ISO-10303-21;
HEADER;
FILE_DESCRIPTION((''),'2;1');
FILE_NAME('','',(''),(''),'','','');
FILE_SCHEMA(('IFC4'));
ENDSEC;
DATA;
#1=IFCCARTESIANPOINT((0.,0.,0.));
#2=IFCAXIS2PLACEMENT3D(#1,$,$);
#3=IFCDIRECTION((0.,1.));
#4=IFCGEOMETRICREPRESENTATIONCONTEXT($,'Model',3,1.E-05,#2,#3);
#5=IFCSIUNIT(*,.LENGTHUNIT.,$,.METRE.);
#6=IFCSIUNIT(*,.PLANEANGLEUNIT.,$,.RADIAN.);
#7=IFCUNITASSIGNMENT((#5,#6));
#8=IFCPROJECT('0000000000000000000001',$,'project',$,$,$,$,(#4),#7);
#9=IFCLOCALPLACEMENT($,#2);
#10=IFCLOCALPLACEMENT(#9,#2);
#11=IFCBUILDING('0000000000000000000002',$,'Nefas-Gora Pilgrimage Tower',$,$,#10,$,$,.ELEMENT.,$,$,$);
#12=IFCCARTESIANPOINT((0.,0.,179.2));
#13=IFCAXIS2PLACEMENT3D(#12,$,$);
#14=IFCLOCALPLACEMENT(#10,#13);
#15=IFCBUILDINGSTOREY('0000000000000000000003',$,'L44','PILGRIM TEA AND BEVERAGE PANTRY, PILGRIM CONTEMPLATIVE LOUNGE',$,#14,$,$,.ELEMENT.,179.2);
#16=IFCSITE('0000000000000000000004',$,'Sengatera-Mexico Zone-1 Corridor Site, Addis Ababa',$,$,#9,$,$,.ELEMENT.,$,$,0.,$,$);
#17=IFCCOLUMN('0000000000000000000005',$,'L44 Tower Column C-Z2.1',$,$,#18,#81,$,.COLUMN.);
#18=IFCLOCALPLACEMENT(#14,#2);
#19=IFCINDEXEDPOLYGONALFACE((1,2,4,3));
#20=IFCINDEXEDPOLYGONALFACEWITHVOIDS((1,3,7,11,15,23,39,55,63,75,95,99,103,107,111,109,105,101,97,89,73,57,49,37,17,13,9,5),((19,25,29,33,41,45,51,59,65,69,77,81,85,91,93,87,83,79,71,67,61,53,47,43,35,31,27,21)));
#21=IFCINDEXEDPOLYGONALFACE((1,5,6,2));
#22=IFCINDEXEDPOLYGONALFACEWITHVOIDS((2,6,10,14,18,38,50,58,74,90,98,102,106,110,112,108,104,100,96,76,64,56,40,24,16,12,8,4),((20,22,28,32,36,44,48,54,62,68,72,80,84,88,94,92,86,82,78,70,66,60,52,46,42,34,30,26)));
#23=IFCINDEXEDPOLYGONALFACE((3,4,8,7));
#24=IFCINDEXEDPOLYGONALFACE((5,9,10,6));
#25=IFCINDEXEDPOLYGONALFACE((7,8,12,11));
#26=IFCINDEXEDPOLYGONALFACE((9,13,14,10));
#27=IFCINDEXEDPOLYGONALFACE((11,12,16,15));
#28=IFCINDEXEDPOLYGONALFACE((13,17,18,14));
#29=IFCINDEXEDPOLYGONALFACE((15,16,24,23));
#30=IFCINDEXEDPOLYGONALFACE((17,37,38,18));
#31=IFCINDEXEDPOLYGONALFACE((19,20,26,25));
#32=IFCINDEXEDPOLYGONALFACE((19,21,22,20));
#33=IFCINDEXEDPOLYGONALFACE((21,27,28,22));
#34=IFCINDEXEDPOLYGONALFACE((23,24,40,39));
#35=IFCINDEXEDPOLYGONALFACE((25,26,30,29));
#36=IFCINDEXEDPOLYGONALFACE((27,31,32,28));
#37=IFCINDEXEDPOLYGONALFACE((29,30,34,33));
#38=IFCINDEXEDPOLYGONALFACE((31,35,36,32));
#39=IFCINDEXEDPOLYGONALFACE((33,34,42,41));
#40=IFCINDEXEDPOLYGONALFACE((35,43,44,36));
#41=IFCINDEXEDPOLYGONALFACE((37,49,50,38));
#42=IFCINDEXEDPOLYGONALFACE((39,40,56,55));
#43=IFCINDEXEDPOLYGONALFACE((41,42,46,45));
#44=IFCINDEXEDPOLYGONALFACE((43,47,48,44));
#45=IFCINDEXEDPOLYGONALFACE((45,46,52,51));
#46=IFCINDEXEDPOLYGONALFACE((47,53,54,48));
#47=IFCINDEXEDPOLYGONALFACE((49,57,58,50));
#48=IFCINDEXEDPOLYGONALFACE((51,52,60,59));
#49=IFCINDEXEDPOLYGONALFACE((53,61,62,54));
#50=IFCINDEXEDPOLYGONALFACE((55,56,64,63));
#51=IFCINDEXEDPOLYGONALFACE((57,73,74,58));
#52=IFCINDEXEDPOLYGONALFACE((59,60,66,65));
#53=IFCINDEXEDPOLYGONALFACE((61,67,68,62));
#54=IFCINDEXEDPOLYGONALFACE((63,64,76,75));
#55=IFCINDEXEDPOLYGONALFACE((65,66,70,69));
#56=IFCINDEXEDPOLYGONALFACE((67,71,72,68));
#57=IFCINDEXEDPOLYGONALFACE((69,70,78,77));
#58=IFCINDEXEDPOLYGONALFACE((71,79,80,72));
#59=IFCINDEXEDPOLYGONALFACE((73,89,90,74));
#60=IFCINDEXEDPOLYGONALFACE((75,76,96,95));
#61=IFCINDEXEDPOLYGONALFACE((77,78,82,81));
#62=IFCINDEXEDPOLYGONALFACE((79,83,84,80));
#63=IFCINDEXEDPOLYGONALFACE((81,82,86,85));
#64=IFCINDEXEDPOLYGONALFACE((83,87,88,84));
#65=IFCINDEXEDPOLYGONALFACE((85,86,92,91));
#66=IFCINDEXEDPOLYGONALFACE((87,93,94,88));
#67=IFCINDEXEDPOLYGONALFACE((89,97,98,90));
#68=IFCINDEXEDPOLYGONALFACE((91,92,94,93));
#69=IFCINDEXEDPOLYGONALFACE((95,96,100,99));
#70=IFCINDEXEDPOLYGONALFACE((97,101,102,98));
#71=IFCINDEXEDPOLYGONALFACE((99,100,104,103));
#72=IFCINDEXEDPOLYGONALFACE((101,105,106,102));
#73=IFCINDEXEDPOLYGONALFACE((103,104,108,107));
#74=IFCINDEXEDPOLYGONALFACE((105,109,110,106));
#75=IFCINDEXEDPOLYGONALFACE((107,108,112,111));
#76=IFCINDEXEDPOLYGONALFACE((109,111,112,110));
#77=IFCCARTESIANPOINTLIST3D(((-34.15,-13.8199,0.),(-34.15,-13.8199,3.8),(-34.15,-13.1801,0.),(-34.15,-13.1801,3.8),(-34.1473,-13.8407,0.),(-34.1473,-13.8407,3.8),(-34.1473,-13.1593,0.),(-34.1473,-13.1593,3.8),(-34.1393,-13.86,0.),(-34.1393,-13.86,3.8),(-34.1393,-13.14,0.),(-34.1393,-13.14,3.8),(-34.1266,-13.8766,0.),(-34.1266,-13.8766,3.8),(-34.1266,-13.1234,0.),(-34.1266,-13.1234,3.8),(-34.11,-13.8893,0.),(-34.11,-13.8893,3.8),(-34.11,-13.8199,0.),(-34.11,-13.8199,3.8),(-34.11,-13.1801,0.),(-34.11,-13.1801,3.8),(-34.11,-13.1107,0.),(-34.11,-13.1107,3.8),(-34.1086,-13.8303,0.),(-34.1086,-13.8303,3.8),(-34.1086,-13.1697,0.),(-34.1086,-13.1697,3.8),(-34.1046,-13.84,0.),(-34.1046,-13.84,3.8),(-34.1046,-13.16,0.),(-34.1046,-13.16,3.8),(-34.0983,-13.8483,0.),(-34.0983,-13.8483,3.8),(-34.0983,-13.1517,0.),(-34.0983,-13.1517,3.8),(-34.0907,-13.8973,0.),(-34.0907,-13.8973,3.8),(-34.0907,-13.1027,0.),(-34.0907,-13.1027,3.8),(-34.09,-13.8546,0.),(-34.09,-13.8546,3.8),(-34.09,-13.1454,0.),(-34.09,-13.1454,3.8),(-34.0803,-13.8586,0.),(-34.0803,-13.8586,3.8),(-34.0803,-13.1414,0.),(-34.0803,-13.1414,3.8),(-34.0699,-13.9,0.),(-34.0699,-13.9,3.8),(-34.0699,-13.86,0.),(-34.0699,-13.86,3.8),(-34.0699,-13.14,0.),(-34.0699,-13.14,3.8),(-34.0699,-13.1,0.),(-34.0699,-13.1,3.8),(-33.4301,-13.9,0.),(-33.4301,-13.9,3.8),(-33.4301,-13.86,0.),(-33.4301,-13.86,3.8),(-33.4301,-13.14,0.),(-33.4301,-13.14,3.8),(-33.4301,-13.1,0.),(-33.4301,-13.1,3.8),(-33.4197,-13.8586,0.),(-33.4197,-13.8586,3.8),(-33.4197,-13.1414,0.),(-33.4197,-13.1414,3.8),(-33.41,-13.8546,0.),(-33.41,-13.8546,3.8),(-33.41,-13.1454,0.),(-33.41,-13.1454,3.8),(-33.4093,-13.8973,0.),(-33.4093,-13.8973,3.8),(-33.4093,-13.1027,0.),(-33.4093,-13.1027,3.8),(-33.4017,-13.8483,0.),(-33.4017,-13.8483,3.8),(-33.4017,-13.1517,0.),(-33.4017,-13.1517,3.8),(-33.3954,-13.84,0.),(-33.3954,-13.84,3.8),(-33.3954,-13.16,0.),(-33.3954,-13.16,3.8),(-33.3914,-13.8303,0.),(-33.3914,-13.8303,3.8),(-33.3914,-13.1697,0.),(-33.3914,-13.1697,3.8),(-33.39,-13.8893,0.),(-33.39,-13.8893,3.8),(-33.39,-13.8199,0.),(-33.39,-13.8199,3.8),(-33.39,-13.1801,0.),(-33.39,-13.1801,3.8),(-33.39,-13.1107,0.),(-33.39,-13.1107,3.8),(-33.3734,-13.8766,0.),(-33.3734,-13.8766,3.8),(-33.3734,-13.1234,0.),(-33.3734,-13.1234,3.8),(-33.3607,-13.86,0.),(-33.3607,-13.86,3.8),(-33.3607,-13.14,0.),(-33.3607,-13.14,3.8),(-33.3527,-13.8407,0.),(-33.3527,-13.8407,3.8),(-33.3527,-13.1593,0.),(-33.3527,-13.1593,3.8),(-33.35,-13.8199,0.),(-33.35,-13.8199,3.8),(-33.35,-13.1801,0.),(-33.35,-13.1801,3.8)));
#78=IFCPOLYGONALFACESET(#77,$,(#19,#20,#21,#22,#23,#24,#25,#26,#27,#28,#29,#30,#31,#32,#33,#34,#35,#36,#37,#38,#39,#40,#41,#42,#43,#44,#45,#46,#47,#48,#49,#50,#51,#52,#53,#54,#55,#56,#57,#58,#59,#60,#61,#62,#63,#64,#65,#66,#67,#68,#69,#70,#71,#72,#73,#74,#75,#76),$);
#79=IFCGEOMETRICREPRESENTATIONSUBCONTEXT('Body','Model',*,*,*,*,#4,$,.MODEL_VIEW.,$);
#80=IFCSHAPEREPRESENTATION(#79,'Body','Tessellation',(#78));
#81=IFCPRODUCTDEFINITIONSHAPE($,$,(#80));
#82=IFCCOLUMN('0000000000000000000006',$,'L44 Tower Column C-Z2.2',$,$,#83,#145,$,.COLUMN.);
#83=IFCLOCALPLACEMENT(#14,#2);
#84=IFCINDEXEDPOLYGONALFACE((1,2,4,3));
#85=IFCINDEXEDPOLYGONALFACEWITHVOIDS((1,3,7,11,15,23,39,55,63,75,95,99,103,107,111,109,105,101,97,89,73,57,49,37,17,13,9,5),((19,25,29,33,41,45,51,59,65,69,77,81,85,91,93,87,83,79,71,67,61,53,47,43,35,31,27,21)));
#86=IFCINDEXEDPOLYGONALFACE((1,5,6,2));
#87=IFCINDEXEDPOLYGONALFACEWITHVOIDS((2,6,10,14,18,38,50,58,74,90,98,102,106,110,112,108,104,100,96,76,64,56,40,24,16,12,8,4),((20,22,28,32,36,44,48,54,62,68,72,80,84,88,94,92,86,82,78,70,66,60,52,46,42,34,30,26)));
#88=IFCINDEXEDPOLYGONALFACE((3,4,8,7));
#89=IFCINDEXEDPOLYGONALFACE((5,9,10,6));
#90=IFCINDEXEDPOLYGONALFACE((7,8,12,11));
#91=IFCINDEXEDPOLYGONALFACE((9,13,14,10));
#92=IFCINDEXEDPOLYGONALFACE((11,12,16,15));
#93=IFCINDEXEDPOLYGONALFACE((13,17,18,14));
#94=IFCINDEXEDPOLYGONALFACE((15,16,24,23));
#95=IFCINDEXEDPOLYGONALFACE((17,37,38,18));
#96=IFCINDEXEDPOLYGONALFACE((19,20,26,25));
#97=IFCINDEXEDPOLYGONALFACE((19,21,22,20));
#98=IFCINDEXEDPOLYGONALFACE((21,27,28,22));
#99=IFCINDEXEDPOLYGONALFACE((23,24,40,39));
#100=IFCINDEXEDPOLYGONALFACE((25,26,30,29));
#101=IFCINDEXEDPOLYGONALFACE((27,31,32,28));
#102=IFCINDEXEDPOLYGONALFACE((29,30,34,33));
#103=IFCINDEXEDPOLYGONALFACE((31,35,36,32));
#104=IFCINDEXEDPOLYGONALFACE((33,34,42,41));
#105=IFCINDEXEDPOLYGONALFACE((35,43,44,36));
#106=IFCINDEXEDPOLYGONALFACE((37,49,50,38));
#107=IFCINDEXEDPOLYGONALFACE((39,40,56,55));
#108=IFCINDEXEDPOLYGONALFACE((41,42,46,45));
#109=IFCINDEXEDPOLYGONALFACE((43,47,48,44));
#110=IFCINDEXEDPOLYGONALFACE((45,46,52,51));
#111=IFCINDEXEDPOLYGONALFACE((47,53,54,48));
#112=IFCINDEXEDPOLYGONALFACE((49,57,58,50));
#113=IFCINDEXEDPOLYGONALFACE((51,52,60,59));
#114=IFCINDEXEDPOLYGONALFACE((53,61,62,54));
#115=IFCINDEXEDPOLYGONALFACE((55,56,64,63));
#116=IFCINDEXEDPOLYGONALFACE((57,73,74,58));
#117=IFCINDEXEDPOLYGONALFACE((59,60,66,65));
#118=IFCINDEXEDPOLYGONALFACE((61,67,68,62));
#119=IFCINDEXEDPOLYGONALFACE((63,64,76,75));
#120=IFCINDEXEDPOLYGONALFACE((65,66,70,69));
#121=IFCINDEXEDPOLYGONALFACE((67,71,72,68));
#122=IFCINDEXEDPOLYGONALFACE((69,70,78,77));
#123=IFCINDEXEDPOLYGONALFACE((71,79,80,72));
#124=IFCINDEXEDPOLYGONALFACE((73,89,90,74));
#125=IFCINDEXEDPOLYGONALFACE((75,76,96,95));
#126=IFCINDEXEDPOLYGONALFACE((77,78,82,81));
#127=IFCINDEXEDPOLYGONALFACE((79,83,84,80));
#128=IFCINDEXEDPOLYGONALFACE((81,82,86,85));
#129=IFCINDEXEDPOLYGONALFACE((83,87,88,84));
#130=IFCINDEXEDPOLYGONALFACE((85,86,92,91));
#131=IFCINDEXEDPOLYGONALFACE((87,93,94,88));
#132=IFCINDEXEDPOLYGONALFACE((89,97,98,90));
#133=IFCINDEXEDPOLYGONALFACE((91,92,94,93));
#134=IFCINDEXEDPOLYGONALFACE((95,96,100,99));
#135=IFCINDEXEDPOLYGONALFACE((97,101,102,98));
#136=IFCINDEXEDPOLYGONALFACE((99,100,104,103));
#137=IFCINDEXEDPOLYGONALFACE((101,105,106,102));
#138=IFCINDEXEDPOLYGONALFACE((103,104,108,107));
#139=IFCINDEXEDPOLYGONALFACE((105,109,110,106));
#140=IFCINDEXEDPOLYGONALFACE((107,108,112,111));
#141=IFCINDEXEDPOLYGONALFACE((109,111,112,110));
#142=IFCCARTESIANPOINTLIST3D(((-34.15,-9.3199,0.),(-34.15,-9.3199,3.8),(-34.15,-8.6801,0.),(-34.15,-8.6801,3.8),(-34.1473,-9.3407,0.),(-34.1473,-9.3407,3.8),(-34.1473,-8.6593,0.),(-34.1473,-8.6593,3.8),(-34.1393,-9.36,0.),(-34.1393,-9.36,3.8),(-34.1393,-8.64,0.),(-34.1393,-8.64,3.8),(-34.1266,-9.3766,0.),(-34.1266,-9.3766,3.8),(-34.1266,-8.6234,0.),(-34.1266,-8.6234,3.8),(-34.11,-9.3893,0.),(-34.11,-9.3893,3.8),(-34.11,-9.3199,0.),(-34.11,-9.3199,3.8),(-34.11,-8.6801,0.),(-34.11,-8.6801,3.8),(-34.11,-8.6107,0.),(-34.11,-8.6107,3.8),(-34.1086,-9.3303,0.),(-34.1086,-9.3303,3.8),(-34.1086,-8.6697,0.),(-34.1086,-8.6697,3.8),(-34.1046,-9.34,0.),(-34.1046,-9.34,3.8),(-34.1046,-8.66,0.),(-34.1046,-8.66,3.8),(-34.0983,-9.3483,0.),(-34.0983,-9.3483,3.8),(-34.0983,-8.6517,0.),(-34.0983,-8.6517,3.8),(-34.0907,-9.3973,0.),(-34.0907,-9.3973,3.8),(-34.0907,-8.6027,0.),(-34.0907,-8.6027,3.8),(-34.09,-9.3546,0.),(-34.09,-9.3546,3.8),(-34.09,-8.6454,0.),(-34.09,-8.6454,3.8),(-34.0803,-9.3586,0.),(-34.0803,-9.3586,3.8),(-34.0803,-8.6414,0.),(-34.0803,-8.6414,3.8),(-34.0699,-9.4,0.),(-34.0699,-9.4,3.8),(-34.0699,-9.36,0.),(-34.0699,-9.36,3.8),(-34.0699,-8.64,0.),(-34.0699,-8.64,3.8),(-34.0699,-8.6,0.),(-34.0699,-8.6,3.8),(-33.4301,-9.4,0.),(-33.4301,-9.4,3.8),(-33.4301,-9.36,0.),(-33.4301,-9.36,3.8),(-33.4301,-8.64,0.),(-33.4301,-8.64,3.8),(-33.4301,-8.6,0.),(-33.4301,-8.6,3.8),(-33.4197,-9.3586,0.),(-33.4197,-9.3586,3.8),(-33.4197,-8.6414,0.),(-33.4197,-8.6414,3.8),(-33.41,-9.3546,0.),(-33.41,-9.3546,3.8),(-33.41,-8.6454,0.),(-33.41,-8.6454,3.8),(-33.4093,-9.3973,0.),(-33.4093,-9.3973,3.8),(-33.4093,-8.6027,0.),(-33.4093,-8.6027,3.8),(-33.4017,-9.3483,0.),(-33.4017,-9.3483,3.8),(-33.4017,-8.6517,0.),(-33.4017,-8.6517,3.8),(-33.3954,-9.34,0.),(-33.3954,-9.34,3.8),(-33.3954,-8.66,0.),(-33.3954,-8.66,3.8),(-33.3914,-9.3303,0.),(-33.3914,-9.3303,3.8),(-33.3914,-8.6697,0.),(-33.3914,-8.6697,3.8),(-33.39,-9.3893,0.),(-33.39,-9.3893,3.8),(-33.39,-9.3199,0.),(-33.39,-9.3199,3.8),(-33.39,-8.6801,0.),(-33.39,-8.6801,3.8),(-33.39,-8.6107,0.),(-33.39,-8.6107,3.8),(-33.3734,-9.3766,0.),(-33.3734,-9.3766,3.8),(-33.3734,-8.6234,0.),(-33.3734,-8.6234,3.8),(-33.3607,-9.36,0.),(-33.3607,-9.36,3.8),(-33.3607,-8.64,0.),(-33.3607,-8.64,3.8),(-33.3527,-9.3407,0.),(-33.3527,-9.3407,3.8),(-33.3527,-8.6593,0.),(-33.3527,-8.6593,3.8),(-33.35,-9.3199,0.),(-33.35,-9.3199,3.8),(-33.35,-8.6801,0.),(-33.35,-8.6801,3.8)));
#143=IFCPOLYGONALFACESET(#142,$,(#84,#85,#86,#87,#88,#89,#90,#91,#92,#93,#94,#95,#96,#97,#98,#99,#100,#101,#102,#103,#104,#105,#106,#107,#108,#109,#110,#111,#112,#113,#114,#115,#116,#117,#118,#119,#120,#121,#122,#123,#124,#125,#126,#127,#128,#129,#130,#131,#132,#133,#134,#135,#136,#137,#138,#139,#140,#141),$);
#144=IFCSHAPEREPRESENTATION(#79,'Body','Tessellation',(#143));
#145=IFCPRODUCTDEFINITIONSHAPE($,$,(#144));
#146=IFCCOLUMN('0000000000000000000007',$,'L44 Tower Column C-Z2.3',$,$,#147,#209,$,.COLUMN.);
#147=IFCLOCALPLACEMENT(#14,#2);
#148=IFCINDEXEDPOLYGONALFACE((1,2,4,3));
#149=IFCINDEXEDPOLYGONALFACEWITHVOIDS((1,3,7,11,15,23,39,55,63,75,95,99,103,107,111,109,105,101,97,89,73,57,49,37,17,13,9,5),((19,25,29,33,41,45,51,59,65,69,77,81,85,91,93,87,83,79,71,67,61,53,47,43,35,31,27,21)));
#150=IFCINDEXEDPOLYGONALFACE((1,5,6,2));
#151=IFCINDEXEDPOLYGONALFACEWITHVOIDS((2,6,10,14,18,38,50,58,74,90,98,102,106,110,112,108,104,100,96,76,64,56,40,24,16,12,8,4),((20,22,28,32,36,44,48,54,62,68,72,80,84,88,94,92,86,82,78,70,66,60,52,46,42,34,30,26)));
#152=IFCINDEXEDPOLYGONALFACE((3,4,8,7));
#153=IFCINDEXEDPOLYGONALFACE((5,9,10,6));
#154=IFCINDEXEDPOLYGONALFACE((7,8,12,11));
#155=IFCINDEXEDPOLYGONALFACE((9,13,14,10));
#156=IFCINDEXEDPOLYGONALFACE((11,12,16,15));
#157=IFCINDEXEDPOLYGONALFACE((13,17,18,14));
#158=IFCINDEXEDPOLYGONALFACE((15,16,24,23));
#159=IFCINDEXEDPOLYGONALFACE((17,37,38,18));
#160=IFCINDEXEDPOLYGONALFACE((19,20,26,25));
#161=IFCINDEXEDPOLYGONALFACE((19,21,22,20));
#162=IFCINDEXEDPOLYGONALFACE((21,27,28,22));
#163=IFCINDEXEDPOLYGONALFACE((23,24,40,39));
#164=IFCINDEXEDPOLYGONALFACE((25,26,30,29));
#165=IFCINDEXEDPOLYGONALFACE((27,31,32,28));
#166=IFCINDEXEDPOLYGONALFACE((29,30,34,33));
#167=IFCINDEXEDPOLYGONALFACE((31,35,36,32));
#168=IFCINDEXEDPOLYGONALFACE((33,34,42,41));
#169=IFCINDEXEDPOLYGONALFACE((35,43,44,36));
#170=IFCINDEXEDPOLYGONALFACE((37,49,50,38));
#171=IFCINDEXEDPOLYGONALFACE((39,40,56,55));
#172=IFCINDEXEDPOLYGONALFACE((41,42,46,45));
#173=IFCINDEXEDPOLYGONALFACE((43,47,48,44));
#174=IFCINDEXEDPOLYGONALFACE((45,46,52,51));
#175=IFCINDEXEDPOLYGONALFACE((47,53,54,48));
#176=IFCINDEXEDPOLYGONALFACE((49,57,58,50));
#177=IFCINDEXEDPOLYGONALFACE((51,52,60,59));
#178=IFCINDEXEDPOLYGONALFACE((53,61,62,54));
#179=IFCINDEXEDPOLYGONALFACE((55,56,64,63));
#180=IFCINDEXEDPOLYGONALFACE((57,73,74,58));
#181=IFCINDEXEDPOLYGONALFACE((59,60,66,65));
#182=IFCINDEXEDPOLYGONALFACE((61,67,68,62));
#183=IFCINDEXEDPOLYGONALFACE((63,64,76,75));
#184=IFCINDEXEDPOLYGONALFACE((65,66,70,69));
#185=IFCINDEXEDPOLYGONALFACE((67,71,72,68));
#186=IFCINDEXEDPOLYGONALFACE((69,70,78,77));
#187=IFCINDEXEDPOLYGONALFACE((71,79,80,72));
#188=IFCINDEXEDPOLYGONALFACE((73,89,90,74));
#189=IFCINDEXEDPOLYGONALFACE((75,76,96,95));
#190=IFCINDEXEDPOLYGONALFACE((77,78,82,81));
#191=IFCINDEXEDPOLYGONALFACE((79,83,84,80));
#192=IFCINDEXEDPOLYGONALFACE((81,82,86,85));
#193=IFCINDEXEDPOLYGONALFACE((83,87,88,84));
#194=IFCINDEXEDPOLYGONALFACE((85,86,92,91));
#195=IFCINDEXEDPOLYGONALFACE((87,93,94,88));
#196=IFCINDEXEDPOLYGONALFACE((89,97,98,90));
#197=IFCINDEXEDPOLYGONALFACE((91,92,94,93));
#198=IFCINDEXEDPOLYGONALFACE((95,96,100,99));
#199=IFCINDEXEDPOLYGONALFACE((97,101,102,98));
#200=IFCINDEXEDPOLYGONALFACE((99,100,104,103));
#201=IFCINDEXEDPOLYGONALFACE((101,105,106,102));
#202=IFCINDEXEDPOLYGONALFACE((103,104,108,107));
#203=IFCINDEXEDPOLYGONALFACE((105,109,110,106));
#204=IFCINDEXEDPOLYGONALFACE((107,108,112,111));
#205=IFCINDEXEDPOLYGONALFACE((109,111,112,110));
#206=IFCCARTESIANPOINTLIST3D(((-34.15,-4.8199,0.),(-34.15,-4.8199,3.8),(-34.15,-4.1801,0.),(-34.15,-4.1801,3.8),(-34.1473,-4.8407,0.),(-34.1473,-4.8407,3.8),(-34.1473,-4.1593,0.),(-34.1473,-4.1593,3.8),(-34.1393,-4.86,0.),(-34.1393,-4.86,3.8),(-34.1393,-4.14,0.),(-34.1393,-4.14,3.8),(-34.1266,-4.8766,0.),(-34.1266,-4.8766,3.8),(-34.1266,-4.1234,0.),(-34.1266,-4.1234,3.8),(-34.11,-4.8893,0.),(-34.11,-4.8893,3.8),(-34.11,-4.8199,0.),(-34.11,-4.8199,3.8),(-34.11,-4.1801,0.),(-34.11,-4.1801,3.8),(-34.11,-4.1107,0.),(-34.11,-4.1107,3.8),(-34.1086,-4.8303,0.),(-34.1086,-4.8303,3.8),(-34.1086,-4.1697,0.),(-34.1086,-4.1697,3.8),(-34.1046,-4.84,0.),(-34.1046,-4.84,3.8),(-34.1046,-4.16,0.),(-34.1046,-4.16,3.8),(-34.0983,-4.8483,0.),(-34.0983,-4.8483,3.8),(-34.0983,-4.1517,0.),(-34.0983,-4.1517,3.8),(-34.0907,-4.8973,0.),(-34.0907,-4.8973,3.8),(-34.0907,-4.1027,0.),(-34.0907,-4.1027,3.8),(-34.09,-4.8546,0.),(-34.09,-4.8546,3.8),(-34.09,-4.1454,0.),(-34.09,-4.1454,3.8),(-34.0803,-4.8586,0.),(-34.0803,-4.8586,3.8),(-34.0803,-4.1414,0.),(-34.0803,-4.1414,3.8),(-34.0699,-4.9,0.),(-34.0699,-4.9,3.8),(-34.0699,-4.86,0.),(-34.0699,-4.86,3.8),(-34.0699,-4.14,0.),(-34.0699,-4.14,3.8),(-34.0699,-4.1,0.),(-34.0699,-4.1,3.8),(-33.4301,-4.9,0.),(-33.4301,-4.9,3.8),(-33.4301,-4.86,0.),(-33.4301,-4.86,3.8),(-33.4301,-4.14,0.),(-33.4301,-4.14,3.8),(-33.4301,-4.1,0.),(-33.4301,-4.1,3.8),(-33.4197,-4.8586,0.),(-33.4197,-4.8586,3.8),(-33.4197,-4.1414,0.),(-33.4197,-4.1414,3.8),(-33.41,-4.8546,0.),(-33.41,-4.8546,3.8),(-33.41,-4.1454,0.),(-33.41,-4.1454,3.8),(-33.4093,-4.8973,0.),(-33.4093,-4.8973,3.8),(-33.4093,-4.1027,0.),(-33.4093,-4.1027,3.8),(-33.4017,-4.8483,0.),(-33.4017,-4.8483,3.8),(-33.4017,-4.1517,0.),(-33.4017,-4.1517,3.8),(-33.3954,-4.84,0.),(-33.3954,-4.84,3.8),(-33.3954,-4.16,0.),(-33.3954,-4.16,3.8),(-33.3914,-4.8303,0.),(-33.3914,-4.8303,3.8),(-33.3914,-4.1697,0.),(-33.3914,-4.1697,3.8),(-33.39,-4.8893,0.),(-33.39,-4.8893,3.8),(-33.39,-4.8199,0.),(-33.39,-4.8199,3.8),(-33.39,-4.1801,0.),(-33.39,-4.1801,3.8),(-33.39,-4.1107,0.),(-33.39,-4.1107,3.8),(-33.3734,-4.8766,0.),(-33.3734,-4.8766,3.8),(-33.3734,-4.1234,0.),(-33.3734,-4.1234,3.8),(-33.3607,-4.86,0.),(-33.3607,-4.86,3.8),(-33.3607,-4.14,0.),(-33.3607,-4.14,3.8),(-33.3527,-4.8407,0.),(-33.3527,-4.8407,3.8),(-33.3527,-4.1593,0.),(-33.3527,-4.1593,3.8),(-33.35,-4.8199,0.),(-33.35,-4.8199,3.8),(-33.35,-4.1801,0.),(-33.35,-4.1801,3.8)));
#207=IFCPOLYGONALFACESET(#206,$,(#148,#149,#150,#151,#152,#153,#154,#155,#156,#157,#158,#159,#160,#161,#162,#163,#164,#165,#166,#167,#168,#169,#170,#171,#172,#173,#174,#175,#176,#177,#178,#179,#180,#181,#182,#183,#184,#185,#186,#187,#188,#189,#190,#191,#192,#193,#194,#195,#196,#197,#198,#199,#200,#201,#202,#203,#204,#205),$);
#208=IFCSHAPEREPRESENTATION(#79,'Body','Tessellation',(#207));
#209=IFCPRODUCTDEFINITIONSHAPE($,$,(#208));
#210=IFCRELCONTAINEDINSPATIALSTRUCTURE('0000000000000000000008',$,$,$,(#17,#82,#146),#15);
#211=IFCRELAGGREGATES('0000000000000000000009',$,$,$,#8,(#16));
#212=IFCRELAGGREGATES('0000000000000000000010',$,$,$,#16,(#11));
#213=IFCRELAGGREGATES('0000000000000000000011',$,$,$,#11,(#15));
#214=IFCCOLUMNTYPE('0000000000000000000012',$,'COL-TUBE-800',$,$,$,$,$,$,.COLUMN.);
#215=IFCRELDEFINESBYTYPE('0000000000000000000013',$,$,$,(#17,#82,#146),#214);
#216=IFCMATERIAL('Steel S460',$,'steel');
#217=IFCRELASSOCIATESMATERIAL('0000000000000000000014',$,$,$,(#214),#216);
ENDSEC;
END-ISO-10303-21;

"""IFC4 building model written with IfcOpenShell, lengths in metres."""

from ifc_helpers import new_model, si_unit, direction, frame, origin, origin_2d, place, context, subcontext, project, spatial, hollow_rectangle, extrude, source, transform, mapped, material, material_profile, profile_set, type_object, element, save


model = new_model("IFC4")

# Units and contexts
model_context = context("Model", 3, precision=1e-05, world=origin(), true_north=direction((0.0, 1.0)))
body_context = subcontext(model_context, "Body", "Model", "MODEL_VIEW")
ifc_project = project(units=[si_unit("LENGTHUNIT", "METRE"), si_unit("PLANEANGLEUNIT", "RADIAN")], contexts=[model_context])

# Site, building, storey
site_placement = place(None, origin())
site = spatial("IfcSite", under=ifc_project, at=site_placement, Name="Sengatera-Mexico Zone-1 Corridor Site, Addis Ababa", CompositionType="ELEMENT", RefElevation=0.0)
building_placement = place(site_placement, origin())
building = spatial("IfcBuilding", under=site, at=building_placement, Name="Nefas-Gora Pilgrimage Tower", CompositionType="ELEMENT")
storey_placement = place(building_placement, frame((0.0, 0.0, 179.2)))
storey = spatial("IfcBuildingStorey", under=building, at=storey_placement, Name="L44", Description="PILGRIM TEA AND BEVERAGE PANTRY, PILGRIM CONTEMPLATIVE LOUNGE", CompositionType="ELEMENT", Elevation=179.2)

# Columns
ifc_material_1 = material(Name="Steel S460", Category="steel")
ifc_material_profile_1 = material_profile(ifc_material_1, hollow_rectangle(XDim=0.8, YDim=0.8, WallThickness=0.04, InnerFilletRadius=0.04, OuterFilletRadius=0.0801, at=origin_2d()), Name="BOX 800x800x40")
ifc_profile_set_1 = profile_set([ifc_material_profile_1], Name="Steel S460")
column_type_1 = type_object("IfcColumnType", Name="COL-TUBE-800", PredefinedType="COLUMN", material=ifc_profile_set_1)
shared_shape_1 = source(origin(), body_context, "Body", "SweptSolid", [
    extrude(hollow_rectangle(XDim=0.8, YDim=0.8, WallThickness=0.04, InnerFilletRadius=0.04, OuterFilletRadius=0.0801, at=origin_2d()), origin(), (0.0, 0.0, 1.0), 3.8),
])
for number, where, z_axis, x_axis, name in (
    (1, (-33.75, -13.5, 0.0), (0.0, 0.0, 1.0), (1.0, 0.0, 0.0), "L44 Tower Column C-Z2.1"),
    (2, (-33.75, -9.0, 0.0), (0.0, 0.0, 1.0), (1.0, 0.0, 0.0), "L44 Tower Column C-Z2.2"),
    (3, (-33.75, -4.5, 0.0), (0.0, 0.0, 1.0), (1.0, 0.0, 0.0), "L44 Tower Column C-Z2.3"),
):
    element("IfcColumn", number, at=place(storey_placement, frame(where, z_axis=z_axis, x_axis=x_axis)), inside=storey, type_object=column_type_1, Name=name, PredefinedType="COLUMN", context=body_context, shape_type="MappedRepresentation", body=[
        mapped(shared_shape_1, transform((0.0, 0.0, 0.0), x_axis=(1.0, 0.0, 0.0), y_axis=(0.0, 1.0, 0.0), z_axis=(0.0, 0.0, 1.0), scale=1.0)),
    ])

save(model, "model.ifc")
